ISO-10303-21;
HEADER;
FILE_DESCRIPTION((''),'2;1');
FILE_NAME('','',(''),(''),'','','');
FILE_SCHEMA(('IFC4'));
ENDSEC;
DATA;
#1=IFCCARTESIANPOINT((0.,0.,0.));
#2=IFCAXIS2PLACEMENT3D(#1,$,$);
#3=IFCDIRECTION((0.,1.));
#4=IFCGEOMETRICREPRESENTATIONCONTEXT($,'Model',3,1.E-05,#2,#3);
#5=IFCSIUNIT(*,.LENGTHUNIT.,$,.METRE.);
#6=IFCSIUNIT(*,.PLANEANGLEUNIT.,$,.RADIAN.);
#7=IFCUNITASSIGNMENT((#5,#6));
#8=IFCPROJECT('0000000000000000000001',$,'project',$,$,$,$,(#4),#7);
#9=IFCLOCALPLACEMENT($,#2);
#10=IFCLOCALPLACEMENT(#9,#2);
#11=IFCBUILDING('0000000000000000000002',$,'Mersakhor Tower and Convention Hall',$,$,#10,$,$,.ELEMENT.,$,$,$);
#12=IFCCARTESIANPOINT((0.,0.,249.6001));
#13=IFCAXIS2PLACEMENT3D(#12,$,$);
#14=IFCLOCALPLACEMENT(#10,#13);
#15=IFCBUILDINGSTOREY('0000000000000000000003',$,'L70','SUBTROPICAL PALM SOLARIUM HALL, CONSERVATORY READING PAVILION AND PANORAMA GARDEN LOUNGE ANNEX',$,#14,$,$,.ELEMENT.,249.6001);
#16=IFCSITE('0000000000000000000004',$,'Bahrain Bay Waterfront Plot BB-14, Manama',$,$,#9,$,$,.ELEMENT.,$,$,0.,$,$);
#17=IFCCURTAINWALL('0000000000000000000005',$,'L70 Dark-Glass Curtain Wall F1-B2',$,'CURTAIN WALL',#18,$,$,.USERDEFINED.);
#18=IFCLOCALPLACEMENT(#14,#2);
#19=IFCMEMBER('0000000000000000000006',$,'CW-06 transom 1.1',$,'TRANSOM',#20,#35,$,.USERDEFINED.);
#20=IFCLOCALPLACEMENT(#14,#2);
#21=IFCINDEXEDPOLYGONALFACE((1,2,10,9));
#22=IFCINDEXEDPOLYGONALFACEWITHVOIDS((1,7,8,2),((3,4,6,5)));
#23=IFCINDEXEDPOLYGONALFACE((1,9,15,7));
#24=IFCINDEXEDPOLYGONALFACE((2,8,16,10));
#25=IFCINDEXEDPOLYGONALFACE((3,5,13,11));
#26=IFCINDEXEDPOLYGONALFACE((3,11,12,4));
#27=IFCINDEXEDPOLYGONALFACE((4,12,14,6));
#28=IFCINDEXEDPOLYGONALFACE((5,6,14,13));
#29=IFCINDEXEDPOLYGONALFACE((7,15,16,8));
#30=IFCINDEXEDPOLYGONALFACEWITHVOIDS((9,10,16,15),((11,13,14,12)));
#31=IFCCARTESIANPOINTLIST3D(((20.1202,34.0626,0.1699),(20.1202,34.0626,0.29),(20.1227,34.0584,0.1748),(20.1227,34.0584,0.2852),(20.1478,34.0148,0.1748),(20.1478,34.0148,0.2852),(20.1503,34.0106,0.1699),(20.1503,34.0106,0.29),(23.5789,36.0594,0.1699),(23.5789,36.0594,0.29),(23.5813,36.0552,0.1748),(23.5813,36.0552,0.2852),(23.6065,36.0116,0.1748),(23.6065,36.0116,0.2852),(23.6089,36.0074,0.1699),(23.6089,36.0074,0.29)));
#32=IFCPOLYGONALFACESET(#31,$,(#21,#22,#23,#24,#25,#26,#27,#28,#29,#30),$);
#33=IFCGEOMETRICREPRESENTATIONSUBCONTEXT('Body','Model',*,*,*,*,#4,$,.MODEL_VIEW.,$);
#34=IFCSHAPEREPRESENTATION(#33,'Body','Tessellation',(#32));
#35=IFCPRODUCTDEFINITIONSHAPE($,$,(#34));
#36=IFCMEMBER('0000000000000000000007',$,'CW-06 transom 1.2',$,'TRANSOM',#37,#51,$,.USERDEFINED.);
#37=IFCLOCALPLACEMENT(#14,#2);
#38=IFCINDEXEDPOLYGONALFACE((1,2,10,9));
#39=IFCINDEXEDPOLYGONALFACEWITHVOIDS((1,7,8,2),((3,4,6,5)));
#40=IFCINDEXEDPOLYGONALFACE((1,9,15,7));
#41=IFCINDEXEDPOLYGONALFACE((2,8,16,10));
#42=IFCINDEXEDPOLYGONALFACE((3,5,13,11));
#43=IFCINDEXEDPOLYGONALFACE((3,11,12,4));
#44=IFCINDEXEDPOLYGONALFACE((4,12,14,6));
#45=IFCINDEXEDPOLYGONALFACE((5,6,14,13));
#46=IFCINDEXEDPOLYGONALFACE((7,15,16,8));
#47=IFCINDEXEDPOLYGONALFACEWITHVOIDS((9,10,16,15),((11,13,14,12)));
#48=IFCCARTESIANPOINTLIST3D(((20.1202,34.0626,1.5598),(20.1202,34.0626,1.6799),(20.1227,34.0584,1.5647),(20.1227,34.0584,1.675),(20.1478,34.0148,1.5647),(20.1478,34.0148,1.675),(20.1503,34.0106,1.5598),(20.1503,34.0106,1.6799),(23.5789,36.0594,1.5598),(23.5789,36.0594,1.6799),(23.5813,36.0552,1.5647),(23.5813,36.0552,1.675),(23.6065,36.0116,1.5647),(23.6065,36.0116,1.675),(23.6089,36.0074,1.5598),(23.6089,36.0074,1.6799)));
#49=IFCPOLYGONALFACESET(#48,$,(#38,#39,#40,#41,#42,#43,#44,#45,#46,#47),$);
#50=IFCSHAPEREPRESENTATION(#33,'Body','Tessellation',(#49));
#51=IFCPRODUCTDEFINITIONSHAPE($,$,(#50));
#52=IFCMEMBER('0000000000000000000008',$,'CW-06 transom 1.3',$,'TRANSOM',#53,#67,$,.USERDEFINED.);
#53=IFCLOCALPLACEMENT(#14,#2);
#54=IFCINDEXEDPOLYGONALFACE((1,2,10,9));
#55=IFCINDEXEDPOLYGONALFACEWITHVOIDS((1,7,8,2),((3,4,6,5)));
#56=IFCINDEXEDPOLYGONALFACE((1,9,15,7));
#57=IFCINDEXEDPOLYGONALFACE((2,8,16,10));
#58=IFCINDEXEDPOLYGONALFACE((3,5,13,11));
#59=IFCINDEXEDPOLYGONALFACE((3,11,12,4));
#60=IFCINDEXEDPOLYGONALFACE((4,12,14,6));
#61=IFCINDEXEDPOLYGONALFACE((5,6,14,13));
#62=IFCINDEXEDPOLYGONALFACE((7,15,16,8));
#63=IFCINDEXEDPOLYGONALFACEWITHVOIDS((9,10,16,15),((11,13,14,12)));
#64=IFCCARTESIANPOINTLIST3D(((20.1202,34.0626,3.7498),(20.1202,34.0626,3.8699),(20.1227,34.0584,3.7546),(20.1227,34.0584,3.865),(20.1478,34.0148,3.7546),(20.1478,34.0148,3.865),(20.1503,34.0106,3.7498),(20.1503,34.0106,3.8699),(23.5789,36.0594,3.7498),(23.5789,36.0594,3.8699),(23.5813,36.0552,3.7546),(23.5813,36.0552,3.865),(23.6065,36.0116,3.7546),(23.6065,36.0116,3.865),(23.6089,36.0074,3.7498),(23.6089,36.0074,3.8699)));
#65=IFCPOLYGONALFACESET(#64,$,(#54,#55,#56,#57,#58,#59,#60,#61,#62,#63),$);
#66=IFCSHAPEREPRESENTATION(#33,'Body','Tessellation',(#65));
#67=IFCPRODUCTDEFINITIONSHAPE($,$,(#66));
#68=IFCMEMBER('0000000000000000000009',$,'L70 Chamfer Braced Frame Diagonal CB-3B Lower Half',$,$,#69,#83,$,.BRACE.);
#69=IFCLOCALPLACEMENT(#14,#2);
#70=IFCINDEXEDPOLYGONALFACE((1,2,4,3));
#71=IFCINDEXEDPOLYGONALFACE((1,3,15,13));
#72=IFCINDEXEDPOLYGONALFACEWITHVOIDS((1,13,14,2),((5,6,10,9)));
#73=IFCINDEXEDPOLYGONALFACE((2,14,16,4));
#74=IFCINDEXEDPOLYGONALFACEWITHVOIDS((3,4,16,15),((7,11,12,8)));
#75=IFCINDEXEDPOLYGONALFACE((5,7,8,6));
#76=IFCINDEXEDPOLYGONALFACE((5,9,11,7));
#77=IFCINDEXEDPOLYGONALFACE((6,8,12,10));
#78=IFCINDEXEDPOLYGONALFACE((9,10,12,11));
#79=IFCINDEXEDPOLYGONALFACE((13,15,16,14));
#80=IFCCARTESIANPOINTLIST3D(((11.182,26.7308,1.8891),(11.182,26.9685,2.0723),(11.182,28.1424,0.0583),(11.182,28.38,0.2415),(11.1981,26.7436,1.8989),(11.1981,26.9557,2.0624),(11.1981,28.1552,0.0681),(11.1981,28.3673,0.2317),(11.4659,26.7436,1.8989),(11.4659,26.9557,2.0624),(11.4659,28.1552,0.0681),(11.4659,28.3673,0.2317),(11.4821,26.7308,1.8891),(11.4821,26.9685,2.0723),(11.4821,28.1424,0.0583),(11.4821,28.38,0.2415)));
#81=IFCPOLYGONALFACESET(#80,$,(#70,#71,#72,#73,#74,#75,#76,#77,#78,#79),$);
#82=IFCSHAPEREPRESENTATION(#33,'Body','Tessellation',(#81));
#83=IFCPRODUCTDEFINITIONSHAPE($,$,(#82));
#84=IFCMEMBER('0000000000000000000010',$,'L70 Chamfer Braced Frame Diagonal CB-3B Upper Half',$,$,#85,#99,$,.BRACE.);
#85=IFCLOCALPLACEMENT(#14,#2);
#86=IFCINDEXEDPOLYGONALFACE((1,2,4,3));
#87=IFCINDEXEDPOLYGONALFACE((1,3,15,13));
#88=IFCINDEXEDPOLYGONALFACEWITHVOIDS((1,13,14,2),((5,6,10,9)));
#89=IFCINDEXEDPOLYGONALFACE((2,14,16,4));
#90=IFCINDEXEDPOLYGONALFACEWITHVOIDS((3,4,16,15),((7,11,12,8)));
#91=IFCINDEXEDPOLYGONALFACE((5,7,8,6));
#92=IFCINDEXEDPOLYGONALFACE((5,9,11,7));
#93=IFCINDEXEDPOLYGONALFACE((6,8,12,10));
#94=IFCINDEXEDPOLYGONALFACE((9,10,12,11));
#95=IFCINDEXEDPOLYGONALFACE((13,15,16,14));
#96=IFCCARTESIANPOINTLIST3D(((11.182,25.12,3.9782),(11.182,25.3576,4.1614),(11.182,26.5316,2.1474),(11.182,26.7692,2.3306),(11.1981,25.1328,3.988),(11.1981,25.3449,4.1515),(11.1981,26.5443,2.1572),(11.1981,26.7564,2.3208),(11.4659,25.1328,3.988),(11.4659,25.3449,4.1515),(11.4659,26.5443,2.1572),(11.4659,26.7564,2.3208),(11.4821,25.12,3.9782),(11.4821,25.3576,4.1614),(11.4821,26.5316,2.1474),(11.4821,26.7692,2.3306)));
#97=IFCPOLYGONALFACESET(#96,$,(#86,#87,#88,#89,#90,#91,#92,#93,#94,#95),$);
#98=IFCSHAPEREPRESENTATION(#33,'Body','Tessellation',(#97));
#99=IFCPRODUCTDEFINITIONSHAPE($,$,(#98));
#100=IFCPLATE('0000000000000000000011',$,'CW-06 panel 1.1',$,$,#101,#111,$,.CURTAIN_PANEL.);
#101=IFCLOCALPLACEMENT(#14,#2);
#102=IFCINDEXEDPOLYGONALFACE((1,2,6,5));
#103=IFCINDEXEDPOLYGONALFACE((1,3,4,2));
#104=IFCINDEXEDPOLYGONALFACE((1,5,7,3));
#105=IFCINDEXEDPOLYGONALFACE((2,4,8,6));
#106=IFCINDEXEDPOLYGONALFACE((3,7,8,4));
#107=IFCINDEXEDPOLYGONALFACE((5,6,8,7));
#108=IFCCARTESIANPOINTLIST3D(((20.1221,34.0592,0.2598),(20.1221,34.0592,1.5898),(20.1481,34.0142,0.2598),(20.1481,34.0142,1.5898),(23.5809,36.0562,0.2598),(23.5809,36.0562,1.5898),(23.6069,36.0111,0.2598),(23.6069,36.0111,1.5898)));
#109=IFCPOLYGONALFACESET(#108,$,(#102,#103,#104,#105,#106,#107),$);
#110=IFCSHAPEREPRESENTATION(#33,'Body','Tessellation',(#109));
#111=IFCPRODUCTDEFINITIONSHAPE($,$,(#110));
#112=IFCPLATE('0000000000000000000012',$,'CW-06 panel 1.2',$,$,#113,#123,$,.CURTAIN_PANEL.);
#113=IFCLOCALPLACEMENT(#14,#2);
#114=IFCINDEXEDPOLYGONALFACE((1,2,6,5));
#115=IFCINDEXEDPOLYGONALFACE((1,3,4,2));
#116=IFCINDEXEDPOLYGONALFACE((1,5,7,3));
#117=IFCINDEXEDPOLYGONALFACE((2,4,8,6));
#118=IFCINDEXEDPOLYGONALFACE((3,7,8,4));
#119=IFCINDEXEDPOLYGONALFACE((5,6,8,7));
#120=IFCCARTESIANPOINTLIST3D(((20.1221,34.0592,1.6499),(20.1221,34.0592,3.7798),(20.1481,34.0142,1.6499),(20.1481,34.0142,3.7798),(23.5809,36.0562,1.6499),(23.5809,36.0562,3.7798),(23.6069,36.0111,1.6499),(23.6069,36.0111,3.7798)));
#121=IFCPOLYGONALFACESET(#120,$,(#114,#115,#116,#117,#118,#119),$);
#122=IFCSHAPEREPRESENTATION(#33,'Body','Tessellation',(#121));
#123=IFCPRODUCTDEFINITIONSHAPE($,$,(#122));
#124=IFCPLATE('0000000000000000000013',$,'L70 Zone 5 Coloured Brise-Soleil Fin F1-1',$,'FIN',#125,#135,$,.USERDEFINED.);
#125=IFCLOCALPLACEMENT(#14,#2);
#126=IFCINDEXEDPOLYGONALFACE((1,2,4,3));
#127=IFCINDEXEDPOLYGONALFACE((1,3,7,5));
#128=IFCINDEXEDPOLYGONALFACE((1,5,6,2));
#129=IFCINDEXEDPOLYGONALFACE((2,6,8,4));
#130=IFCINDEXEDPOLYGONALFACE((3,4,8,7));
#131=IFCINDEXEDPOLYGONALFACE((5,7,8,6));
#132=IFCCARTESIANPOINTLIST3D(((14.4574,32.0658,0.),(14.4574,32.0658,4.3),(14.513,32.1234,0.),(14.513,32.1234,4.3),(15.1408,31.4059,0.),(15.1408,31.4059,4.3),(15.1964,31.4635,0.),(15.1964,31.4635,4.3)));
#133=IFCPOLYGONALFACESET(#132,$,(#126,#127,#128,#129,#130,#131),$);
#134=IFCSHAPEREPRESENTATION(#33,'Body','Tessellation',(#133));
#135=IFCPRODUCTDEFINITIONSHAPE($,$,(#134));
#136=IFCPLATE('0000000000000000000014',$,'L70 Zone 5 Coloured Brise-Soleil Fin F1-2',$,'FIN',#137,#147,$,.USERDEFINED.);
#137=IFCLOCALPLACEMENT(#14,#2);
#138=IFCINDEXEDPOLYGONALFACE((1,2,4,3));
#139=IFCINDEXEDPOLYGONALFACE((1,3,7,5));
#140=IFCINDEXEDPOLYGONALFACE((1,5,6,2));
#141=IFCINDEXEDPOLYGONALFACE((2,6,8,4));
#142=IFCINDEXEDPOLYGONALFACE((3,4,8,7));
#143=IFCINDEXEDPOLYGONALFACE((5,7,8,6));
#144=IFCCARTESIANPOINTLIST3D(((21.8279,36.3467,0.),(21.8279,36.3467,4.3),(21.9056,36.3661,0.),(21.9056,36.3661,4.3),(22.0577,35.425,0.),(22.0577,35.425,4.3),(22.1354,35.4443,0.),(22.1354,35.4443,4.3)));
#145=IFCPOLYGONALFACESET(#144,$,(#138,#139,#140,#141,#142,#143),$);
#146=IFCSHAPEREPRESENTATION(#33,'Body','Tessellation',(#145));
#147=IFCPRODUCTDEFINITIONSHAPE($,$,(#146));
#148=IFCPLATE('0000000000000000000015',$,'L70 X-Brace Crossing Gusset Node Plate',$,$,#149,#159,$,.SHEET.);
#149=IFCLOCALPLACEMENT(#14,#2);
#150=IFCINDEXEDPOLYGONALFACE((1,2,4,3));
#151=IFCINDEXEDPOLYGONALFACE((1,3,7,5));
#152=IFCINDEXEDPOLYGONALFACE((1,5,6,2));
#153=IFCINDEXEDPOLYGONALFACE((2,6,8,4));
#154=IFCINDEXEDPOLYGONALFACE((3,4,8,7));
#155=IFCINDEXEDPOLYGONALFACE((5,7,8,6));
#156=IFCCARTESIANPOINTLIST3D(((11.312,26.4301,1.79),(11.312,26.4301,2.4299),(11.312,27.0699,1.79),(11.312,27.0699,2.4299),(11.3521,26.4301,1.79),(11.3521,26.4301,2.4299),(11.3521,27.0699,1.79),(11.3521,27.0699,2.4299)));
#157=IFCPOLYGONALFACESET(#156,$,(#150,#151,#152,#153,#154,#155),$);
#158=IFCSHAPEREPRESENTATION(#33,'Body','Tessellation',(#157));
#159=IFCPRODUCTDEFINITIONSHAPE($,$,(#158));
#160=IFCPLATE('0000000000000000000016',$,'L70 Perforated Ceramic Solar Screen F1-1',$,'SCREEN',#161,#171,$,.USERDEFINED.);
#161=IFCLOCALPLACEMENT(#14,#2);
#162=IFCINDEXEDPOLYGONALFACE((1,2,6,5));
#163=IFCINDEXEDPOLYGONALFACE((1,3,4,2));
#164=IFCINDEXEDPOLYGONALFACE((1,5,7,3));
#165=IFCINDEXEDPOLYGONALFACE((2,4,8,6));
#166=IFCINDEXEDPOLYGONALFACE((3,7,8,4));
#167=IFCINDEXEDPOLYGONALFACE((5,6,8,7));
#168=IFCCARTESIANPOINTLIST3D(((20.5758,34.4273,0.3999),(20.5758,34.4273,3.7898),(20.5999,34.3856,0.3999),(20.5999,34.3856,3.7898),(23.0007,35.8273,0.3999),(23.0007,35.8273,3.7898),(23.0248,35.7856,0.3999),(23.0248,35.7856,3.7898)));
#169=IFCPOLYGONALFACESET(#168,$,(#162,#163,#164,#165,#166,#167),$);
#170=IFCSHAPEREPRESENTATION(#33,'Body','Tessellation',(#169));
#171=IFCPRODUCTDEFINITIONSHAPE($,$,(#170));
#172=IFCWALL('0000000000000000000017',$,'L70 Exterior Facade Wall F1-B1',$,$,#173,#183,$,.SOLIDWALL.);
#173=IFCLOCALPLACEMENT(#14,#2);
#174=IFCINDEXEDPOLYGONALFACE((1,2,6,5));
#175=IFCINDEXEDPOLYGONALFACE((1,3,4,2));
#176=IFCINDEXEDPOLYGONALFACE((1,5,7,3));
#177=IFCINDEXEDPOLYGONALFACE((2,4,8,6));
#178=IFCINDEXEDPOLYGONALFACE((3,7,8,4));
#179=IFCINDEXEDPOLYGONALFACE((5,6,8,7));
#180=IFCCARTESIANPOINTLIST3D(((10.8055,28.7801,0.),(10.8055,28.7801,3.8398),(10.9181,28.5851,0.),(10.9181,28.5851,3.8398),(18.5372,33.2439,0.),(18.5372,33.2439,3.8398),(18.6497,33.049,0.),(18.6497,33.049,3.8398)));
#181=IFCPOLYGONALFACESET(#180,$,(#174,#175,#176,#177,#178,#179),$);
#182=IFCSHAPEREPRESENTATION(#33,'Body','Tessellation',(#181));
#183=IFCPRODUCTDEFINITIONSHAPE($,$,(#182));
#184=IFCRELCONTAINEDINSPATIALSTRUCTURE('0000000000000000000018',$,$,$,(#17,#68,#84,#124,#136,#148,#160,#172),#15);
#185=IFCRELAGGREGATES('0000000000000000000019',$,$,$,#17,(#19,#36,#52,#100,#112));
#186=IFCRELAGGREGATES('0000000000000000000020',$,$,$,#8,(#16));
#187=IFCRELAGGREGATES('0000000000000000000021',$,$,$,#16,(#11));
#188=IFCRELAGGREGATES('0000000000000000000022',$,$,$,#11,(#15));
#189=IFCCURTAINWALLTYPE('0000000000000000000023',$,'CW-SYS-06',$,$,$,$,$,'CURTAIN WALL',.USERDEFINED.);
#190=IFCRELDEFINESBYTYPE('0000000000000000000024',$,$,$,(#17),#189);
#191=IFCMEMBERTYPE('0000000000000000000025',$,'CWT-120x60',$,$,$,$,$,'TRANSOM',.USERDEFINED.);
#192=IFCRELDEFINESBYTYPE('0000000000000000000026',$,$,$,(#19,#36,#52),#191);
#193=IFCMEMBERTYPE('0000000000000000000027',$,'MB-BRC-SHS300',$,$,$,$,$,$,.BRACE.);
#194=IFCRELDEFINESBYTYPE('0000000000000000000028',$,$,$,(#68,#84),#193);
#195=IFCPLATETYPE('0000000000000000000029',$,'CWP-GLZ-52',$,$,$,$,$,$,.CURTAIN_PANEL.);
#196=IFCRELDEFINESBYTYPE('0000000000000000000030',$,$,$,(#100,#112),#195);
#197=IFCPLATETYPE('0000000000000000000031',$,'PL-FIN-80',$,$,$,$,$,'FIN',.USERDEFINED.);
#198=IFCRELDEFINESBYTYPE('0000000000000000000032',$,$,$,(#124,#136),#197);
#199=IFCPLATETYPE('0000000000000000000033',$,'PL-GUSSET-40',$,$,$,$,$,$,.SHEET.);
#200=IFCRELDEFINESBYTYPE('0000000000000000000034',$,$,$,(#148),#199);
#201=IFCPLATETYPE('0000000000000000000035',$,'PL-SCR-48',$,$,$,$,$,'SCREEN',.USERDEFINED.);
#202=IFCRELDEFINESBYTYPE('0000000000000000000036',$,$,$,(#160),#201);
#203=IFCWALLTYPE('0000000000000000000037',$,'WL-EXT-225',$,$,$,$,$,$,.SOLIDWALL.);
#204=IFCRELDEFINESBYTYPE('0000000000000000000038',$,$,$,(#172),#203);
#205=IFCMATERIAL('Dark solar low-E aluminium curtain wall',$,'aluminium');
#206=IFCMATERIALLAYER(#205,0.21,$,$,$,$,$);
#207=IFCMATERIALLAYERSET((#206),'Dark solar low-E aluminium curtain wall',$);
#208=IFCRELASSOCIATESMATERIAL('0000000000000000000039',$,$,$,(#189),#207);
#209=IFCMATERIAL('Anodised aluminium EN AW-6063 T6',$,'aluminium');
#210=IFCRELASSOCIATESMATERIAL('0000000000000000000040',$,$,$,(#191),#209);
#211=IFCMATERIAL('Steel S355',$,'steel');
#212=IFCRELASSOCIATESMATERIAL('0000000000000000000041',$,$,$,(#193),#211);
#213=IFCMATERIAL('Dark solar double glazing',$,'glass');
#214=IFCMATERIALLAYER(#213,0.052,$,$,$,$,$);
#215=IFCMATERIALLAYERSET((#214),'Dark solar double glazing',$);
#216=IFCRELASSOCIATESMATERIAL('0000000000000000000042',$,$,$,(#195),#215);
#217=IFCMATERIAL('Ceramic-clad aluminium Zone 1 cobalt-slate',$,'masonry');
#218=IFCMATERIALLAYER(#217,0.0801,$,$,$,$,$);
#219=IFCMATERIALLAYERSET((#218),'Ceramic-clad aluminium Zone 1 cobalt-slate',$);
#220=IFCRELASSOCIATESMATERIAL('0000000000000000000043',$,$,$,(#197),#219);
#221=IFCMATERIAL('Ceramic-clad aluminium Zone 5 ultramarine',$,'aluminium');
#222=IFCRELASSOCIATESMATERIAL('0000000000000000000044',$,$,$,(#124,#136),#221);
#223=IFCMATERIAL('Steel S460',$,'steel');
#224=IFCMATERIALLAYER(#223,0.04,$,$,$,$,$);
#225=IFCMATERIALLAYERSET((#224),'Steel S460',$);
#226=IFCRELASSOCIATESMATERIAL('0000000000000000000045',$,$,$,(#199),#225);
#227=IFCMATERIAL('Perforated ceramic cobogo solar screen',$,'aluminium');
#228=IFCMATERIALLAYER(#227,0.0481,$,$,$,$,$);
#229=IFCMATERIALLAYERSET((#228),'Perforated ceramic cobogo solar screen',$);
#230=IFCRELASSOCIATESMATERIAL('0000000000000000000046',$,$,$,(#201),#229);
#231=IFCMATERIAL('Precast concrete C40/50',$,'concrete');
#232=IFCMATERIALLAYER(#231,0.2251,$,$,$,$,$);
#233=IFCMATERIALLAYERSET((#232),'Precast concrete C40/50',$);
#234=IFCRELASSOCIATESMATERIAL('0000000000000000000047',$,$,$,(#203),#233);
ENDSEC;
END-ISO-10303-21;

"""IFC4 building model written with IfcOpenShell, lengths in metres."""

from ifc_helpers import new_model, si_unit, direction, frame, frame_2d, origin, origin_2d, place, context, subcontext, project, spatial, rectangle, hollow_rectangle, extrude, material, layer, layer_set, material_profile, profile_set, type_object, element, aggregate, save


model = new_model("IFC4")

# Units and contexts
model_context = context("Model", 3, precision=1e-05, world=origin(), true_north=direction((0.0, 1.0)))
body_context = subcontext(model_context, "Body", "Model", "MODEL_VIEW")
ifc_project = project(units=[si_unit("LENGTHUNIT", "METRE"), si_unit("PLANEANGLEUNIT", "RADIAN")], contexts=[model_context])

# Site, building, storey
site_placement = place(None, origin())
site = spatial("IfcSite", under=ifc_project, at=site_placement, Name="Bahrain Bay Waterfront Plot BB-14, Manama", CompositionType="ELEMENT", RefElevation=0.0)
building_placement = place(site_placement, origin())
building = spatial("IfcBuilding", under=site, at=building_placement, Name="Mersakhor Tower and Convention Hall", CompositionType="ELEMENT")
storey_placement = place(building_placement, frame((0.0, 0.0, 249.6001)))
storey = spatial("IfcBuildingStorey", under=building, at=storey_placement, Name="L70", Description="SUBTROPICAL PALM SOLARIUM HALL, CONSERVATORY READING PAVILION AND PANORAMA GARDEN LOUNGE ANNEX", CompositionType="ELEMENT", Elevation=249.6001)

# Curtain wall, members
ifc_material_1 = material(Name="Dark solar low-E aluminium curtain wall", Category="aluminium")
ifc_layer_1 = layer(ifc_material_1, 0.21)
ifc_layer_set_1 = layer_set([ifc_layer_1], Name="Dark solar low-E aluminium curtain wall")
curtain_wall_type = type_object("IfcCurtainWallType", Name="CW-SYS-06", ElementType="CURTAIN WALL", PredefinedType="USERDEFINED", material=ifc_layer_set_1)
curtain_wall_placement = place(storey_placement, origin())
curtain_wall = element("IfcCurtainWall", 1, at=curtain_wall_placement, inside=storey, type_object=curtain_wall_type, Name="L70 Dark-Glass Curtain Wall F1-B2", ObjectType="CURTAIN WALL", PredefinedType="USERDEFINED")
ifc_material_2 = material(Name="Anodised aluminium EN AW-6063 T6", Category="aluminium")
ifc_material_profile_1 = material_profile(ifc_material_2, hollow_rectangle(XDim=0.0601, YDim=0.1201, WallThickness=0.0049, at=origin_2d()), Name="RHS 120x60x5")
ifc_profile_set_1 = profile_set([ifc_material_profile_1], Name="Anodised aluminium EN AW-6063 T6")
member_type_1 = type_object("IfcMemberType", Name="CWT-120x60", ElementType="TRANSOM", PredefinedType="USERDEFINED", material=ifc_profile_set_1)
member_1_placement = place(storey_placement, frame((20.1353, 34.0366, 0.23), z_axis=(0.866034, 0.499985, 0.0), x_axis=(-0.499985, 0.866034, 0.0)))
member_1 = element("IfcMember", 2, at=member_1_placement, type_object=member_type_1, Name="CW-06 transom 1.1", ObjectType="TRANSOM", PredefinedType="USERDEFINED", context=body_context, shape_type="SweptSolid", body=[
    extrude(hollow_rectangle(XDim=0.0601, YDim=0.1201, WallThickness=0.0049, at=origin_2d()), origin(), (0.0, 0.0, 1.0), 3.9937),
])
member_2_placement = place(storey_placement, frame((20.1353, 34.0366, 1.6199), z_axis=(0.866034, 0.499985, 0.0), x_axis=(-0.499985, 0.866034, 0.0)))
member_2 = element("IfcMember", 3, at=member_2_placement, type_object=member_type_1, Name="CW-06 transom 1.2", ObjectType="TRANSOM", PredefinedType="USERDEFINED", context=body_context, shape_type="SweptSolid", body=[
    extrude(hollow_rectangle(XDim=0.0601, YDim=0.1201, WallThickness=0.0049, at=origin_2d()), origin(), (0.0, 0.0, 1.0), 3.9937),
])
member_3_placement = place(storey_placement, frame((20.1353, 34.0366, 3.8098), z_axis=(0.866034, 0.499985, 0.0), x_axis=(-0.499985, 0.866034, 0.0)))
member_3 = element("IfcMember", 4, at=member_3_placement, type_object=member_type_1, Name="CW-06 transom 1.3", ObjectType="TRANSOM", PredefinedType="USERDEFINED", context=body_context, shape_type="SweptSolid", body=[
    extrude(hollow_rectangle(XDim=0.0601, YDim=0.1201, WallThickness=0.0049, at=origin_2d()), origin(), (0.0, 0.0, 1.0), 3.9937),
])

# Members
ifc_material_3 = material(Name="Steel S355", Category="steel")
ifc_material_profile_2 = material_profile(ifc_material_3, hollow_rectangle(XDim=0.3, YDim=0.3, WallThickness=0.0161, at=origin_2d()), Name="SHS 300x300x16")
ifc_profile_set_2 = profile_set([ifc_material_profile_2], Name="Steel S355")
member_type_2 = type_object("IfcMemberType", Name="MB-BRC-SHS300", PredefinedType="BRACE", material=ifc_profile_set_2)
for number, where, z_axis, x_axis, name in (
    (5, (11.332, 28.2612, 0.1499), (0.0, -0.610609, 0.791933), (1.0, 0.0, 0.0), "L70 Chamfer Braced Frame Diagonal CB-3B Lower Half"),
    (6, (11.332, 26.6504, 2.239), (0.0, -0.610609, 0.791933), (1.0, 0.0, 0.0), "L70 Chamfer Braced Frame Diagonal CB-3B Upper Half"),
):
    element("IfcMember", number, at=place(storey_placement, frame(where, z_axis=z_axis, x_axis=x_axis)), inside=storey, type_object=member_type_2, Name=name, PredefinedType="BRACE", context=body_context, shape_type="SweptSolid", body=[
        extrude(hollow_rectangle(XDim=0.3, YDim=0.3, WallThickness=0.0161, at=origin_2d()), origin(), (0.0, 0.0, 1.0), 2.3118),
    ])

# Plates
ifc_material_4 = material(Name="Dark solar double glazing", Category="glass")
ifc_layer_2 = layer(ifc_material_4, 0.052)
ifc_layer_set_2 = layer_set([ifc_layer_2], Name="Dark solar double glazing")
plate_type_1 = type_object("IfcPlateType", Name="CWP-GLZ-52", PredefinedType="CURTAIN_PANEL", material=ifc_layer_set_2)
plate_1_placement = place(storey_placement, frame((21.8645, 35.0352, 0.2598), z_axis=(0.0, 0.0, 1.0), x_axis=(0.866023, 0.500004, 0.0)))
plate_1 = element("IfcPlate", 7, at=plate_1_placement, type_object=plate_type_1, Name="CW-06 panel 1.1", PredefinedType="CURTAIN_PANEL", context=body_context, shape_type="SweptSolid", body=[
    extrude(rectangle(XDim=3.9939, YDim=0.052, at=origin_2d()), origin(), (0.0, 0.0, 1.0), 1.3301),
])
plate_2_placement = place(storey_placement, frame((21.8645, 35.0352, 1.6499), z_axis=(0.0, 0.0, 1.0), x_axis=(0.866023, 0.500004, 0.0)))
plate_2 = element("IfcPlate", 8, at=plate_2_placement, type_object=plate_type_1, Name="CW-06 panel 1.2", PredefinedType="CURTAIN_PANEL", context=body_context, shape_type="SweptSolid", body=[
    extrude(rectangle(XDim=3.9939, YDim=0.052, at=origin_2d()), origin(), (0.0, 0.0, 1.0), 2.1299),
])
aggregate(curtain_wall, [member_1, member_2, member_3, plate_1, plate_2])

# Plates
ifc_material_5 = material(Name="Ceramic-clad aluminium Zone 5 ultramarine", Category="aluminium")
ifc_material_6 = material(Name="Ceramic-clad aluminium Zone 1 cobalt-slate", Category="masonry")
ifc_layer_3 = layer(ifc_material_6, 0.0801)
ifc_layer_set_3 = layer_set([ifc_layer_3], Name="Ceramic-clad aluminium Zone 1 cobalt-slate")
plate_type_2 = type_object("IfcPlateType", Name="PL-FIN-80", ElementType="FIN", PredefinedType="USERDEFINED", material=ifc_layer_set_3)
for number, where, z_axis, x_axis, name in (
    (9, (14.8269, 31.7646, 0.0), (0.0, 0.0, 1.0), (-0.71934, 0.694658, 0.0), "L70 Zone 5 Coloured Brise-Soleil Fin F1-1"),
    (10, (21.9817, 35.8955, 0.0), (0.0, 0.0, 1.0), (-0.241922, 0.970296, 0.0), "L70 Zone 5 Coloured Brise-Soleil Fin F1-2"),
):
    element("IfcPlate", number, at=place(storey_placement, frame(where, z_axis=z_axis, x_axis=x_axis)), inside=storey, type_object=plate_type_2, material=ifc_material_5, Name=name, ObjectType="FIN", PredefinedType="USERDEFINED", context=body_context, shape_type="SweptSolid", body=[
        extrude(rectangle(XDim=0.95, YDim=0.0801, at=origin_2d()), origin(), (0.0, 0.0, 1.0), 4.3),
    ])
ifc_material_7 = material(Name="Steel S460", Category="steel")
ifc_layer_4 = layer(ifc_material_7, 0.04)
ifc_layer_set_4 = layer_set([ifc_layer_4], Name="Steel S460")
plate_type_3 = type_object("IfcPlateType", Name="PL-GUSSET-40", PredefinedType="SHEET", material=ifc_layer_set_4)
plate_3_placement = place(storey_placement, frame((11.332, 26.75, 1.79), z_axis=(0.0, 0.0, 1.0), x_axis=(0.0, -1.0, 0.0)))
element("IfcPlate", 11, at=plate_3_placement, inside=storey, type_object=plate_type_3, Name="L70 X-Brace Crossing Gusset Node Plate", PredefinedType="SHEET", context=body_context, shape_type="SweptSolid", body=[
    extrude(rectangle(XDim=0.6399, YDim=0.04, at=origin_2d()), origin(), (0.0, 0.0, 1.0), 0.6399),
])
ifc_material_8 = material(Name="Perforated ceramic cobogo solar screen", Category="aluminium")
ifc_layer_5 = layer(ifc_material_8, 0.0481)
ifc_layer_set_5 = layer_set([ifc_layer_5], Name="Perforated ceramic cobogo solar screen")
plate_type_4 = type_object("IfcPlateType", Name="PL-SCR-48", ElementType="SCREEN", PredefinedType="USERDEFINED", material=ifc_layer_set_5)
plate_4_placement = place(storey_placement, frame((21.8003, 35.1064, 0.3999), z_axis=(0.0, 0.0, 1.0), x_axis=(0.866025, 0.5, 0.0)))
element("IfcPlate", 12, at=plate_4_placement, inside=storey, type_object=plate_type_4, Name="L70 Perforated Ceramic Solar Screen F1-1", ObjectType="SCREEN", PredefinedType="USERDEFINED", context=body_context, shape_type="SweptSolid", body=[
    extrude(rectangle(XDim=2.8, YDim=0.0481, at=origin_2d()), origin(), (0.0, 0.0, 1.0), 3.3899),
])

# Wall
ifc_material_9 = material(Name="Precast concrete C40/50", Category="concrete")
ifc_layer_6 = layer(ifc_material_9, 0.2251)
ifc_layer_set_6 = layer_set([ifc_layer_6], Name="Precast concrete C40/50")
wall_type_1 = type_object("IfcWallType", Name="WL-EXT-225", PredefinedType="SOLIDWALL", material=ifc_layer_set_6)
wall_1_placement = place(storey_placement, frame((10.8618, 28.6826, 0.0), z_axis=(0.0, 0.0, 1.0), x_axis=(0.866027, 0.499998, 0.0)))
element("IfcWall", 13, at=wall_1_placement, inside=storey, type_object=wall_type_1, Name="L70 Exterior Facade Wall F1-B1", PredefinedType="SOLIDWALL", context=body_context, shape_type="SweptSolid", body=[
    extrude(rectangle(XDim=8.9277, YDim=0.2251, at=frame_2d((4.4639, 0.0))), origin(), (0.0, 0.0, 1.0), 3.8398),
])

save(model, "model.ifc")
